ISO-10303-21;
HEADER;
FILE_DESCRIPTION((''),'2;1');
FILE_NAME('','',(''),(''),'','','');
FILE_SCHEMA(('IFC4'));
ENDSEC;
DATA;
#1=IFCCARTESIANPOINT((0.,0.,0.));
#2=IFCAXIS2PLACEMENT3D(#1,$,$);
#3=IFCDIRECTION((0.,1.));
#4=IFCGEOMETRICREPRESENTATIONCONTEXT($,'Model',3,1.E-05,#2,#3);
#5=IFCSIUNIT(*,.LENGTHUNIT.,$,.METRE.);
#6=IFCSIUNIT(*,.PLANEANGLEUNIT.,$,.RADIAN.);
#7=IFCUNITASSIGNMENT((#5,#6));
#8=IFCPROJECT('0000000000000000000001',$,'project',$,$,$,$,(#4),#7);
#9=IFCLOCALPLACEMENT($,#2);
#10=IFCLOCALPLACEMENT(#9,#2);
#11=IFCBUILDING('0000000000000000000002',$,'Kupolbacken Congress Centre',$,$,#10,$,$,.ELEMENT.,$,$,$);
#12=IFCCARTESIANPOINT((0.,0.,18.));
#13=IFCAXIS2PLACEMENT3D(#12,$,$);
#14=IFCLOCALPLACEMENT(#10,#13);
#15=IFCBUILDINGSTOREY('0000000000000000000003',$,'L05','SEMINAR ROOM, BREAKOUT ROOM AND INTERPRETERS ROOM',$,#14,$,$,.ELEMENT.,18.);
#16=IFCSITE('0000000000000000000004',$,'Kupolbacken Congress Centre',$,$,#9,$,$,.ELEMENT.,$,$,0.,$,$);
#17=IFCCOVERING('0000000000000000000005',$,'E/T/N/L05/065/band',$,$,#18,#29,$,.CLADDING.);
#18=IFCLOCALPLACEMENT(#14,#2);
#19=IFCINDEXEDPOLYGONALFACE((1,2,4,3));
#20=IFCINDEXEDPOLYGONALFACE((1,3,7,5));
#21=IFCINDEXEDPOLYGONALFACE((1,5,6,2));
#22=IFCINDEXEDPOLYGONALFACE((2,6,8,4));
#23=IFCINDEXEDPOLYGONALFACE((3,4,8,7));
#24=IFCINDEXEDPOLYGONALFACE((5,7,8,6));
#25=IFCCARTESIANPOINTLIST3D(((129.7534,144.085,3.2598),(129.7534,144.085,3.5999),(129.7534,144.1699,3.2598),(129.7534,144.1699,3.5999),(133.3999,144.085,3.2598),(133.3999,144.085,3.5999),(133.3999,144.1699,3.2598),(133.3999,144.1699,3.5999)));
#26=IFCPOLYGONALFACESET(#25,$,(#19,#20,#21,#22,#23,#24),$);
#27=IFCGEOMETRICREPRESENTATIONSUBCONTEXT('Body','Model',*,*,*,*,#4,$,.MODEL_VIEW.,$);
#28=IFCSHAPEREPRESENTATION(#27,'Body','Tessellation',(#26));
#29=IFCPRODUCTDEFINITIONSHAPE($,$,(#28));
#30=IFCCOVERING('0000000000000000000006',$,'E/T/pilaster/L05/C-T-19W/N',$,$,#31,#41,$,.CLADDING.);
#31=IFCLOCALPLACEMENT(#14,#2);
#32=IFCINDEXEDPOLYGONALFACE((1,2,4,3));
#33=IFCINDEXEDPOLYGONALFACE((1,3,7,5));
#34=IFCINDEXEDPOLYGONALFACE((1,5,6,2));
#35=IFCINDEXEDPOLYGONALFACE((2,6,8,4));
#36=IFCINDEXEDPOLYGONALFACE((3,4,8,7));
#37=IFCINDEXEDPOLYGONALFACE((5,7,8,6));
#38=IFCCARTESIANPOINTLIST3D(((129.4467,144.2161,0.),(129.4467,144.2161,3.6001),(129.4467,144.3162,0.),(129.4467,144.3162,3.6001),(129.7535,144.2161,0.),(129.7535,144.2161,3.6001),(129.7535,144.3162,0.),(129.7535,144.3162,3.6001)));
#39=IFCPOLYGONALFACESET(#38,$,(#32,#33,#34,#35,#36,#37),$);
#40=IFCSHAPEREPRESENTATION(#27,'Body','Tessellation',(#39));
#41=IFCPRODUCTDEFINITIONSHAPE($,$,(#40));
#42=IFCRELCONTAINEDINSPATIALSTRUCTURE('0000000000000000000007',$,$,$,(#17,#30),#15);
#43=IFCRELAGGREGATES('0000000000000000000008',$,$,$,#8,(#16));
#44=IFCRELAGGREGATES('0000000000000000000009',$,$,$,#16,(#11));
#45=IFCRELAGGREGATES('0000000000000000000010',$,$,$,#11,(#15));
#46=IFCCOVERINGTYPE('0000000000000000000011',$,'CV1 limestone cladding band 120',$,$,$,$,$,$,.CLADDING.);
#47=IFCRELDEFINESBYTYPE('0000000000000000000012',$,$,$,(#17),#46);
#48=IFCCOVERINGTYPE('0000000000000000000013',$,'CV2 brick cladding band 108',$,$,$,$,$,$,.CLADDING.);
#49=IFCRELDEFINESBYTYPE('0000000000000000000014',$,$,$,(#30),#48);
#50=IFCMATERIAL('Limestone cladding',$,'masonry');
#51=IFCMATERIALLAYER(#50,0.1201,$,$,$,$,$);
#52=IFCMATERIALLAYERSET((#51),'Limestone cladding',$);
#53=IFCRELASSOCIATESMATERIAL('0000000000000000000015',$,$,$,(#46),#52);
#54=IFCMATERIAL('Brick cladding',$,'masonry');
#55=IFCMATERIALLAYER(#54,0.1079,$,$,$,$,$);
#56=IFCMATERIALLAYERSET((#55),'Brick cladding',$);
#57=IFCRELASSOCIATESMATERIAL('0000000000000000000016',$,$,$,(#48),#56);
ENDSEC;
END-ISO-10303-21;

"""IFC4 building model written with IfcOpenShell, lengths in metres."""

from ifc_helpers import new_model, si_unit, direction, frame, origin, origin_2d, place, context, subcontext, project, spatial, rectangle, extrude, material, layer, layer_set, type_object, element, save


model = new_model("IFC4")

# Units and contexts
model_context = context("Model", 3, precision=1e-05, world=origin(), true_north=direction((0.0, 1.0)))
body_context = subcontext(model_context, "Body", "Model", "MODEL_VIEW")
ifc_project = project(units=[si_unit("LENGTHUNIT", "METRE"), si_unit("PLANEANGLEUNIT", "RADIAN")], contexts=[model_context])

# Site, building, storey
site_placement = place(None, origin())
site = spatial("IfcSite", under=ifc_project, at=site_placement, Name="Kupolbacken Congress Centre", CompositionType="ELEMENT", RefElevation=0.0)
building_placement = place(site_placement, origin())
building = spatial("IfcBuilding", under=site, at=building_placement, Name="Kupolbacken Congress Centre", CompositionType="ELEMENT")
storey_placement = place(building_placement, frame((0.0, 0.0, 18.0)))
storey = spatial("IfcBuildingStorey", under=building, at=storey_placement, Name="L05", Description="SEMINAR ROOM, BREAKOUT ROOM AND INTERPRETERS ROOM", CompositionType="ELEMENT", Elevation=18.0)

# Coverings
ifc_material_1 = material(Name="Limestone cladding", Category="masonry")
ifc_layer_1 = layer(ifc_material_1, 0.1201)
ifc_layer_set_1 = layer_set([ifc_layer_1], Name="Limestone cladding")
covering_type_1 = type_object("IfcCoveringType", Name="CV1 limestone cladding band 120", PredefinedType="CLADDING", material=ifc_layer_set_1)
covering_1_placement = place(storey_placement, frame((131.5767, 144.1274, 3.2598), z_axis=(0.0, 0.0, 1.0), x_axis=(-1.0, 0.0, 0.0)))
element("IfcCovering", 1, at=covering_1_placement, inside=storey, type_object=covering_type_1, Name="E/T/N/L05/065/band", PredefinedType="CLADDING", context=body_context, shape_type="SweptSolid", body=[
    extrude(rectangle(XDim=3.6465, YDim=0.085, at=origin_2d()), origin(), (0.0, 0.0, 1.0), 0.3401),
])
ifc_material_2 = material(Name="Brick cladding", Category="masonry")
ifc_layer_2 = layer(ifc_material_2, 0.1079)
ifc_layer_set_2 = layer_set([ifc_layer_2], Name="Brick cladding")
covering_type_2 = type_object("IfcCoveringType", Name="CV2 brick cladding band 108", PredefinedType="CLADDING", material=ifc_layer_set_2)
covering_2_placement = place(storey_placement, frame((129.6001, 144.2661, 0.0), z_axis=(0.0, 0.0, 1.0), x_axis=(1.0, 0.0, 0.0)))
element("IfcCovering", 2, at=covering_2_placement, inside=storey, type_object=covering_type_2, Name="E/T/pilaster/L05/C-T-19W/N", PredefinedType="CLADDING", context=body_context, shape_type="SweptSolid", body=[
    extrude(rectangle(XDim=0.3069, YDim=0.1001, at=origin_2d()), origin(), (0.0, 0.0, 1.0), 3.6001),
])

save(model, "model.ifc")
